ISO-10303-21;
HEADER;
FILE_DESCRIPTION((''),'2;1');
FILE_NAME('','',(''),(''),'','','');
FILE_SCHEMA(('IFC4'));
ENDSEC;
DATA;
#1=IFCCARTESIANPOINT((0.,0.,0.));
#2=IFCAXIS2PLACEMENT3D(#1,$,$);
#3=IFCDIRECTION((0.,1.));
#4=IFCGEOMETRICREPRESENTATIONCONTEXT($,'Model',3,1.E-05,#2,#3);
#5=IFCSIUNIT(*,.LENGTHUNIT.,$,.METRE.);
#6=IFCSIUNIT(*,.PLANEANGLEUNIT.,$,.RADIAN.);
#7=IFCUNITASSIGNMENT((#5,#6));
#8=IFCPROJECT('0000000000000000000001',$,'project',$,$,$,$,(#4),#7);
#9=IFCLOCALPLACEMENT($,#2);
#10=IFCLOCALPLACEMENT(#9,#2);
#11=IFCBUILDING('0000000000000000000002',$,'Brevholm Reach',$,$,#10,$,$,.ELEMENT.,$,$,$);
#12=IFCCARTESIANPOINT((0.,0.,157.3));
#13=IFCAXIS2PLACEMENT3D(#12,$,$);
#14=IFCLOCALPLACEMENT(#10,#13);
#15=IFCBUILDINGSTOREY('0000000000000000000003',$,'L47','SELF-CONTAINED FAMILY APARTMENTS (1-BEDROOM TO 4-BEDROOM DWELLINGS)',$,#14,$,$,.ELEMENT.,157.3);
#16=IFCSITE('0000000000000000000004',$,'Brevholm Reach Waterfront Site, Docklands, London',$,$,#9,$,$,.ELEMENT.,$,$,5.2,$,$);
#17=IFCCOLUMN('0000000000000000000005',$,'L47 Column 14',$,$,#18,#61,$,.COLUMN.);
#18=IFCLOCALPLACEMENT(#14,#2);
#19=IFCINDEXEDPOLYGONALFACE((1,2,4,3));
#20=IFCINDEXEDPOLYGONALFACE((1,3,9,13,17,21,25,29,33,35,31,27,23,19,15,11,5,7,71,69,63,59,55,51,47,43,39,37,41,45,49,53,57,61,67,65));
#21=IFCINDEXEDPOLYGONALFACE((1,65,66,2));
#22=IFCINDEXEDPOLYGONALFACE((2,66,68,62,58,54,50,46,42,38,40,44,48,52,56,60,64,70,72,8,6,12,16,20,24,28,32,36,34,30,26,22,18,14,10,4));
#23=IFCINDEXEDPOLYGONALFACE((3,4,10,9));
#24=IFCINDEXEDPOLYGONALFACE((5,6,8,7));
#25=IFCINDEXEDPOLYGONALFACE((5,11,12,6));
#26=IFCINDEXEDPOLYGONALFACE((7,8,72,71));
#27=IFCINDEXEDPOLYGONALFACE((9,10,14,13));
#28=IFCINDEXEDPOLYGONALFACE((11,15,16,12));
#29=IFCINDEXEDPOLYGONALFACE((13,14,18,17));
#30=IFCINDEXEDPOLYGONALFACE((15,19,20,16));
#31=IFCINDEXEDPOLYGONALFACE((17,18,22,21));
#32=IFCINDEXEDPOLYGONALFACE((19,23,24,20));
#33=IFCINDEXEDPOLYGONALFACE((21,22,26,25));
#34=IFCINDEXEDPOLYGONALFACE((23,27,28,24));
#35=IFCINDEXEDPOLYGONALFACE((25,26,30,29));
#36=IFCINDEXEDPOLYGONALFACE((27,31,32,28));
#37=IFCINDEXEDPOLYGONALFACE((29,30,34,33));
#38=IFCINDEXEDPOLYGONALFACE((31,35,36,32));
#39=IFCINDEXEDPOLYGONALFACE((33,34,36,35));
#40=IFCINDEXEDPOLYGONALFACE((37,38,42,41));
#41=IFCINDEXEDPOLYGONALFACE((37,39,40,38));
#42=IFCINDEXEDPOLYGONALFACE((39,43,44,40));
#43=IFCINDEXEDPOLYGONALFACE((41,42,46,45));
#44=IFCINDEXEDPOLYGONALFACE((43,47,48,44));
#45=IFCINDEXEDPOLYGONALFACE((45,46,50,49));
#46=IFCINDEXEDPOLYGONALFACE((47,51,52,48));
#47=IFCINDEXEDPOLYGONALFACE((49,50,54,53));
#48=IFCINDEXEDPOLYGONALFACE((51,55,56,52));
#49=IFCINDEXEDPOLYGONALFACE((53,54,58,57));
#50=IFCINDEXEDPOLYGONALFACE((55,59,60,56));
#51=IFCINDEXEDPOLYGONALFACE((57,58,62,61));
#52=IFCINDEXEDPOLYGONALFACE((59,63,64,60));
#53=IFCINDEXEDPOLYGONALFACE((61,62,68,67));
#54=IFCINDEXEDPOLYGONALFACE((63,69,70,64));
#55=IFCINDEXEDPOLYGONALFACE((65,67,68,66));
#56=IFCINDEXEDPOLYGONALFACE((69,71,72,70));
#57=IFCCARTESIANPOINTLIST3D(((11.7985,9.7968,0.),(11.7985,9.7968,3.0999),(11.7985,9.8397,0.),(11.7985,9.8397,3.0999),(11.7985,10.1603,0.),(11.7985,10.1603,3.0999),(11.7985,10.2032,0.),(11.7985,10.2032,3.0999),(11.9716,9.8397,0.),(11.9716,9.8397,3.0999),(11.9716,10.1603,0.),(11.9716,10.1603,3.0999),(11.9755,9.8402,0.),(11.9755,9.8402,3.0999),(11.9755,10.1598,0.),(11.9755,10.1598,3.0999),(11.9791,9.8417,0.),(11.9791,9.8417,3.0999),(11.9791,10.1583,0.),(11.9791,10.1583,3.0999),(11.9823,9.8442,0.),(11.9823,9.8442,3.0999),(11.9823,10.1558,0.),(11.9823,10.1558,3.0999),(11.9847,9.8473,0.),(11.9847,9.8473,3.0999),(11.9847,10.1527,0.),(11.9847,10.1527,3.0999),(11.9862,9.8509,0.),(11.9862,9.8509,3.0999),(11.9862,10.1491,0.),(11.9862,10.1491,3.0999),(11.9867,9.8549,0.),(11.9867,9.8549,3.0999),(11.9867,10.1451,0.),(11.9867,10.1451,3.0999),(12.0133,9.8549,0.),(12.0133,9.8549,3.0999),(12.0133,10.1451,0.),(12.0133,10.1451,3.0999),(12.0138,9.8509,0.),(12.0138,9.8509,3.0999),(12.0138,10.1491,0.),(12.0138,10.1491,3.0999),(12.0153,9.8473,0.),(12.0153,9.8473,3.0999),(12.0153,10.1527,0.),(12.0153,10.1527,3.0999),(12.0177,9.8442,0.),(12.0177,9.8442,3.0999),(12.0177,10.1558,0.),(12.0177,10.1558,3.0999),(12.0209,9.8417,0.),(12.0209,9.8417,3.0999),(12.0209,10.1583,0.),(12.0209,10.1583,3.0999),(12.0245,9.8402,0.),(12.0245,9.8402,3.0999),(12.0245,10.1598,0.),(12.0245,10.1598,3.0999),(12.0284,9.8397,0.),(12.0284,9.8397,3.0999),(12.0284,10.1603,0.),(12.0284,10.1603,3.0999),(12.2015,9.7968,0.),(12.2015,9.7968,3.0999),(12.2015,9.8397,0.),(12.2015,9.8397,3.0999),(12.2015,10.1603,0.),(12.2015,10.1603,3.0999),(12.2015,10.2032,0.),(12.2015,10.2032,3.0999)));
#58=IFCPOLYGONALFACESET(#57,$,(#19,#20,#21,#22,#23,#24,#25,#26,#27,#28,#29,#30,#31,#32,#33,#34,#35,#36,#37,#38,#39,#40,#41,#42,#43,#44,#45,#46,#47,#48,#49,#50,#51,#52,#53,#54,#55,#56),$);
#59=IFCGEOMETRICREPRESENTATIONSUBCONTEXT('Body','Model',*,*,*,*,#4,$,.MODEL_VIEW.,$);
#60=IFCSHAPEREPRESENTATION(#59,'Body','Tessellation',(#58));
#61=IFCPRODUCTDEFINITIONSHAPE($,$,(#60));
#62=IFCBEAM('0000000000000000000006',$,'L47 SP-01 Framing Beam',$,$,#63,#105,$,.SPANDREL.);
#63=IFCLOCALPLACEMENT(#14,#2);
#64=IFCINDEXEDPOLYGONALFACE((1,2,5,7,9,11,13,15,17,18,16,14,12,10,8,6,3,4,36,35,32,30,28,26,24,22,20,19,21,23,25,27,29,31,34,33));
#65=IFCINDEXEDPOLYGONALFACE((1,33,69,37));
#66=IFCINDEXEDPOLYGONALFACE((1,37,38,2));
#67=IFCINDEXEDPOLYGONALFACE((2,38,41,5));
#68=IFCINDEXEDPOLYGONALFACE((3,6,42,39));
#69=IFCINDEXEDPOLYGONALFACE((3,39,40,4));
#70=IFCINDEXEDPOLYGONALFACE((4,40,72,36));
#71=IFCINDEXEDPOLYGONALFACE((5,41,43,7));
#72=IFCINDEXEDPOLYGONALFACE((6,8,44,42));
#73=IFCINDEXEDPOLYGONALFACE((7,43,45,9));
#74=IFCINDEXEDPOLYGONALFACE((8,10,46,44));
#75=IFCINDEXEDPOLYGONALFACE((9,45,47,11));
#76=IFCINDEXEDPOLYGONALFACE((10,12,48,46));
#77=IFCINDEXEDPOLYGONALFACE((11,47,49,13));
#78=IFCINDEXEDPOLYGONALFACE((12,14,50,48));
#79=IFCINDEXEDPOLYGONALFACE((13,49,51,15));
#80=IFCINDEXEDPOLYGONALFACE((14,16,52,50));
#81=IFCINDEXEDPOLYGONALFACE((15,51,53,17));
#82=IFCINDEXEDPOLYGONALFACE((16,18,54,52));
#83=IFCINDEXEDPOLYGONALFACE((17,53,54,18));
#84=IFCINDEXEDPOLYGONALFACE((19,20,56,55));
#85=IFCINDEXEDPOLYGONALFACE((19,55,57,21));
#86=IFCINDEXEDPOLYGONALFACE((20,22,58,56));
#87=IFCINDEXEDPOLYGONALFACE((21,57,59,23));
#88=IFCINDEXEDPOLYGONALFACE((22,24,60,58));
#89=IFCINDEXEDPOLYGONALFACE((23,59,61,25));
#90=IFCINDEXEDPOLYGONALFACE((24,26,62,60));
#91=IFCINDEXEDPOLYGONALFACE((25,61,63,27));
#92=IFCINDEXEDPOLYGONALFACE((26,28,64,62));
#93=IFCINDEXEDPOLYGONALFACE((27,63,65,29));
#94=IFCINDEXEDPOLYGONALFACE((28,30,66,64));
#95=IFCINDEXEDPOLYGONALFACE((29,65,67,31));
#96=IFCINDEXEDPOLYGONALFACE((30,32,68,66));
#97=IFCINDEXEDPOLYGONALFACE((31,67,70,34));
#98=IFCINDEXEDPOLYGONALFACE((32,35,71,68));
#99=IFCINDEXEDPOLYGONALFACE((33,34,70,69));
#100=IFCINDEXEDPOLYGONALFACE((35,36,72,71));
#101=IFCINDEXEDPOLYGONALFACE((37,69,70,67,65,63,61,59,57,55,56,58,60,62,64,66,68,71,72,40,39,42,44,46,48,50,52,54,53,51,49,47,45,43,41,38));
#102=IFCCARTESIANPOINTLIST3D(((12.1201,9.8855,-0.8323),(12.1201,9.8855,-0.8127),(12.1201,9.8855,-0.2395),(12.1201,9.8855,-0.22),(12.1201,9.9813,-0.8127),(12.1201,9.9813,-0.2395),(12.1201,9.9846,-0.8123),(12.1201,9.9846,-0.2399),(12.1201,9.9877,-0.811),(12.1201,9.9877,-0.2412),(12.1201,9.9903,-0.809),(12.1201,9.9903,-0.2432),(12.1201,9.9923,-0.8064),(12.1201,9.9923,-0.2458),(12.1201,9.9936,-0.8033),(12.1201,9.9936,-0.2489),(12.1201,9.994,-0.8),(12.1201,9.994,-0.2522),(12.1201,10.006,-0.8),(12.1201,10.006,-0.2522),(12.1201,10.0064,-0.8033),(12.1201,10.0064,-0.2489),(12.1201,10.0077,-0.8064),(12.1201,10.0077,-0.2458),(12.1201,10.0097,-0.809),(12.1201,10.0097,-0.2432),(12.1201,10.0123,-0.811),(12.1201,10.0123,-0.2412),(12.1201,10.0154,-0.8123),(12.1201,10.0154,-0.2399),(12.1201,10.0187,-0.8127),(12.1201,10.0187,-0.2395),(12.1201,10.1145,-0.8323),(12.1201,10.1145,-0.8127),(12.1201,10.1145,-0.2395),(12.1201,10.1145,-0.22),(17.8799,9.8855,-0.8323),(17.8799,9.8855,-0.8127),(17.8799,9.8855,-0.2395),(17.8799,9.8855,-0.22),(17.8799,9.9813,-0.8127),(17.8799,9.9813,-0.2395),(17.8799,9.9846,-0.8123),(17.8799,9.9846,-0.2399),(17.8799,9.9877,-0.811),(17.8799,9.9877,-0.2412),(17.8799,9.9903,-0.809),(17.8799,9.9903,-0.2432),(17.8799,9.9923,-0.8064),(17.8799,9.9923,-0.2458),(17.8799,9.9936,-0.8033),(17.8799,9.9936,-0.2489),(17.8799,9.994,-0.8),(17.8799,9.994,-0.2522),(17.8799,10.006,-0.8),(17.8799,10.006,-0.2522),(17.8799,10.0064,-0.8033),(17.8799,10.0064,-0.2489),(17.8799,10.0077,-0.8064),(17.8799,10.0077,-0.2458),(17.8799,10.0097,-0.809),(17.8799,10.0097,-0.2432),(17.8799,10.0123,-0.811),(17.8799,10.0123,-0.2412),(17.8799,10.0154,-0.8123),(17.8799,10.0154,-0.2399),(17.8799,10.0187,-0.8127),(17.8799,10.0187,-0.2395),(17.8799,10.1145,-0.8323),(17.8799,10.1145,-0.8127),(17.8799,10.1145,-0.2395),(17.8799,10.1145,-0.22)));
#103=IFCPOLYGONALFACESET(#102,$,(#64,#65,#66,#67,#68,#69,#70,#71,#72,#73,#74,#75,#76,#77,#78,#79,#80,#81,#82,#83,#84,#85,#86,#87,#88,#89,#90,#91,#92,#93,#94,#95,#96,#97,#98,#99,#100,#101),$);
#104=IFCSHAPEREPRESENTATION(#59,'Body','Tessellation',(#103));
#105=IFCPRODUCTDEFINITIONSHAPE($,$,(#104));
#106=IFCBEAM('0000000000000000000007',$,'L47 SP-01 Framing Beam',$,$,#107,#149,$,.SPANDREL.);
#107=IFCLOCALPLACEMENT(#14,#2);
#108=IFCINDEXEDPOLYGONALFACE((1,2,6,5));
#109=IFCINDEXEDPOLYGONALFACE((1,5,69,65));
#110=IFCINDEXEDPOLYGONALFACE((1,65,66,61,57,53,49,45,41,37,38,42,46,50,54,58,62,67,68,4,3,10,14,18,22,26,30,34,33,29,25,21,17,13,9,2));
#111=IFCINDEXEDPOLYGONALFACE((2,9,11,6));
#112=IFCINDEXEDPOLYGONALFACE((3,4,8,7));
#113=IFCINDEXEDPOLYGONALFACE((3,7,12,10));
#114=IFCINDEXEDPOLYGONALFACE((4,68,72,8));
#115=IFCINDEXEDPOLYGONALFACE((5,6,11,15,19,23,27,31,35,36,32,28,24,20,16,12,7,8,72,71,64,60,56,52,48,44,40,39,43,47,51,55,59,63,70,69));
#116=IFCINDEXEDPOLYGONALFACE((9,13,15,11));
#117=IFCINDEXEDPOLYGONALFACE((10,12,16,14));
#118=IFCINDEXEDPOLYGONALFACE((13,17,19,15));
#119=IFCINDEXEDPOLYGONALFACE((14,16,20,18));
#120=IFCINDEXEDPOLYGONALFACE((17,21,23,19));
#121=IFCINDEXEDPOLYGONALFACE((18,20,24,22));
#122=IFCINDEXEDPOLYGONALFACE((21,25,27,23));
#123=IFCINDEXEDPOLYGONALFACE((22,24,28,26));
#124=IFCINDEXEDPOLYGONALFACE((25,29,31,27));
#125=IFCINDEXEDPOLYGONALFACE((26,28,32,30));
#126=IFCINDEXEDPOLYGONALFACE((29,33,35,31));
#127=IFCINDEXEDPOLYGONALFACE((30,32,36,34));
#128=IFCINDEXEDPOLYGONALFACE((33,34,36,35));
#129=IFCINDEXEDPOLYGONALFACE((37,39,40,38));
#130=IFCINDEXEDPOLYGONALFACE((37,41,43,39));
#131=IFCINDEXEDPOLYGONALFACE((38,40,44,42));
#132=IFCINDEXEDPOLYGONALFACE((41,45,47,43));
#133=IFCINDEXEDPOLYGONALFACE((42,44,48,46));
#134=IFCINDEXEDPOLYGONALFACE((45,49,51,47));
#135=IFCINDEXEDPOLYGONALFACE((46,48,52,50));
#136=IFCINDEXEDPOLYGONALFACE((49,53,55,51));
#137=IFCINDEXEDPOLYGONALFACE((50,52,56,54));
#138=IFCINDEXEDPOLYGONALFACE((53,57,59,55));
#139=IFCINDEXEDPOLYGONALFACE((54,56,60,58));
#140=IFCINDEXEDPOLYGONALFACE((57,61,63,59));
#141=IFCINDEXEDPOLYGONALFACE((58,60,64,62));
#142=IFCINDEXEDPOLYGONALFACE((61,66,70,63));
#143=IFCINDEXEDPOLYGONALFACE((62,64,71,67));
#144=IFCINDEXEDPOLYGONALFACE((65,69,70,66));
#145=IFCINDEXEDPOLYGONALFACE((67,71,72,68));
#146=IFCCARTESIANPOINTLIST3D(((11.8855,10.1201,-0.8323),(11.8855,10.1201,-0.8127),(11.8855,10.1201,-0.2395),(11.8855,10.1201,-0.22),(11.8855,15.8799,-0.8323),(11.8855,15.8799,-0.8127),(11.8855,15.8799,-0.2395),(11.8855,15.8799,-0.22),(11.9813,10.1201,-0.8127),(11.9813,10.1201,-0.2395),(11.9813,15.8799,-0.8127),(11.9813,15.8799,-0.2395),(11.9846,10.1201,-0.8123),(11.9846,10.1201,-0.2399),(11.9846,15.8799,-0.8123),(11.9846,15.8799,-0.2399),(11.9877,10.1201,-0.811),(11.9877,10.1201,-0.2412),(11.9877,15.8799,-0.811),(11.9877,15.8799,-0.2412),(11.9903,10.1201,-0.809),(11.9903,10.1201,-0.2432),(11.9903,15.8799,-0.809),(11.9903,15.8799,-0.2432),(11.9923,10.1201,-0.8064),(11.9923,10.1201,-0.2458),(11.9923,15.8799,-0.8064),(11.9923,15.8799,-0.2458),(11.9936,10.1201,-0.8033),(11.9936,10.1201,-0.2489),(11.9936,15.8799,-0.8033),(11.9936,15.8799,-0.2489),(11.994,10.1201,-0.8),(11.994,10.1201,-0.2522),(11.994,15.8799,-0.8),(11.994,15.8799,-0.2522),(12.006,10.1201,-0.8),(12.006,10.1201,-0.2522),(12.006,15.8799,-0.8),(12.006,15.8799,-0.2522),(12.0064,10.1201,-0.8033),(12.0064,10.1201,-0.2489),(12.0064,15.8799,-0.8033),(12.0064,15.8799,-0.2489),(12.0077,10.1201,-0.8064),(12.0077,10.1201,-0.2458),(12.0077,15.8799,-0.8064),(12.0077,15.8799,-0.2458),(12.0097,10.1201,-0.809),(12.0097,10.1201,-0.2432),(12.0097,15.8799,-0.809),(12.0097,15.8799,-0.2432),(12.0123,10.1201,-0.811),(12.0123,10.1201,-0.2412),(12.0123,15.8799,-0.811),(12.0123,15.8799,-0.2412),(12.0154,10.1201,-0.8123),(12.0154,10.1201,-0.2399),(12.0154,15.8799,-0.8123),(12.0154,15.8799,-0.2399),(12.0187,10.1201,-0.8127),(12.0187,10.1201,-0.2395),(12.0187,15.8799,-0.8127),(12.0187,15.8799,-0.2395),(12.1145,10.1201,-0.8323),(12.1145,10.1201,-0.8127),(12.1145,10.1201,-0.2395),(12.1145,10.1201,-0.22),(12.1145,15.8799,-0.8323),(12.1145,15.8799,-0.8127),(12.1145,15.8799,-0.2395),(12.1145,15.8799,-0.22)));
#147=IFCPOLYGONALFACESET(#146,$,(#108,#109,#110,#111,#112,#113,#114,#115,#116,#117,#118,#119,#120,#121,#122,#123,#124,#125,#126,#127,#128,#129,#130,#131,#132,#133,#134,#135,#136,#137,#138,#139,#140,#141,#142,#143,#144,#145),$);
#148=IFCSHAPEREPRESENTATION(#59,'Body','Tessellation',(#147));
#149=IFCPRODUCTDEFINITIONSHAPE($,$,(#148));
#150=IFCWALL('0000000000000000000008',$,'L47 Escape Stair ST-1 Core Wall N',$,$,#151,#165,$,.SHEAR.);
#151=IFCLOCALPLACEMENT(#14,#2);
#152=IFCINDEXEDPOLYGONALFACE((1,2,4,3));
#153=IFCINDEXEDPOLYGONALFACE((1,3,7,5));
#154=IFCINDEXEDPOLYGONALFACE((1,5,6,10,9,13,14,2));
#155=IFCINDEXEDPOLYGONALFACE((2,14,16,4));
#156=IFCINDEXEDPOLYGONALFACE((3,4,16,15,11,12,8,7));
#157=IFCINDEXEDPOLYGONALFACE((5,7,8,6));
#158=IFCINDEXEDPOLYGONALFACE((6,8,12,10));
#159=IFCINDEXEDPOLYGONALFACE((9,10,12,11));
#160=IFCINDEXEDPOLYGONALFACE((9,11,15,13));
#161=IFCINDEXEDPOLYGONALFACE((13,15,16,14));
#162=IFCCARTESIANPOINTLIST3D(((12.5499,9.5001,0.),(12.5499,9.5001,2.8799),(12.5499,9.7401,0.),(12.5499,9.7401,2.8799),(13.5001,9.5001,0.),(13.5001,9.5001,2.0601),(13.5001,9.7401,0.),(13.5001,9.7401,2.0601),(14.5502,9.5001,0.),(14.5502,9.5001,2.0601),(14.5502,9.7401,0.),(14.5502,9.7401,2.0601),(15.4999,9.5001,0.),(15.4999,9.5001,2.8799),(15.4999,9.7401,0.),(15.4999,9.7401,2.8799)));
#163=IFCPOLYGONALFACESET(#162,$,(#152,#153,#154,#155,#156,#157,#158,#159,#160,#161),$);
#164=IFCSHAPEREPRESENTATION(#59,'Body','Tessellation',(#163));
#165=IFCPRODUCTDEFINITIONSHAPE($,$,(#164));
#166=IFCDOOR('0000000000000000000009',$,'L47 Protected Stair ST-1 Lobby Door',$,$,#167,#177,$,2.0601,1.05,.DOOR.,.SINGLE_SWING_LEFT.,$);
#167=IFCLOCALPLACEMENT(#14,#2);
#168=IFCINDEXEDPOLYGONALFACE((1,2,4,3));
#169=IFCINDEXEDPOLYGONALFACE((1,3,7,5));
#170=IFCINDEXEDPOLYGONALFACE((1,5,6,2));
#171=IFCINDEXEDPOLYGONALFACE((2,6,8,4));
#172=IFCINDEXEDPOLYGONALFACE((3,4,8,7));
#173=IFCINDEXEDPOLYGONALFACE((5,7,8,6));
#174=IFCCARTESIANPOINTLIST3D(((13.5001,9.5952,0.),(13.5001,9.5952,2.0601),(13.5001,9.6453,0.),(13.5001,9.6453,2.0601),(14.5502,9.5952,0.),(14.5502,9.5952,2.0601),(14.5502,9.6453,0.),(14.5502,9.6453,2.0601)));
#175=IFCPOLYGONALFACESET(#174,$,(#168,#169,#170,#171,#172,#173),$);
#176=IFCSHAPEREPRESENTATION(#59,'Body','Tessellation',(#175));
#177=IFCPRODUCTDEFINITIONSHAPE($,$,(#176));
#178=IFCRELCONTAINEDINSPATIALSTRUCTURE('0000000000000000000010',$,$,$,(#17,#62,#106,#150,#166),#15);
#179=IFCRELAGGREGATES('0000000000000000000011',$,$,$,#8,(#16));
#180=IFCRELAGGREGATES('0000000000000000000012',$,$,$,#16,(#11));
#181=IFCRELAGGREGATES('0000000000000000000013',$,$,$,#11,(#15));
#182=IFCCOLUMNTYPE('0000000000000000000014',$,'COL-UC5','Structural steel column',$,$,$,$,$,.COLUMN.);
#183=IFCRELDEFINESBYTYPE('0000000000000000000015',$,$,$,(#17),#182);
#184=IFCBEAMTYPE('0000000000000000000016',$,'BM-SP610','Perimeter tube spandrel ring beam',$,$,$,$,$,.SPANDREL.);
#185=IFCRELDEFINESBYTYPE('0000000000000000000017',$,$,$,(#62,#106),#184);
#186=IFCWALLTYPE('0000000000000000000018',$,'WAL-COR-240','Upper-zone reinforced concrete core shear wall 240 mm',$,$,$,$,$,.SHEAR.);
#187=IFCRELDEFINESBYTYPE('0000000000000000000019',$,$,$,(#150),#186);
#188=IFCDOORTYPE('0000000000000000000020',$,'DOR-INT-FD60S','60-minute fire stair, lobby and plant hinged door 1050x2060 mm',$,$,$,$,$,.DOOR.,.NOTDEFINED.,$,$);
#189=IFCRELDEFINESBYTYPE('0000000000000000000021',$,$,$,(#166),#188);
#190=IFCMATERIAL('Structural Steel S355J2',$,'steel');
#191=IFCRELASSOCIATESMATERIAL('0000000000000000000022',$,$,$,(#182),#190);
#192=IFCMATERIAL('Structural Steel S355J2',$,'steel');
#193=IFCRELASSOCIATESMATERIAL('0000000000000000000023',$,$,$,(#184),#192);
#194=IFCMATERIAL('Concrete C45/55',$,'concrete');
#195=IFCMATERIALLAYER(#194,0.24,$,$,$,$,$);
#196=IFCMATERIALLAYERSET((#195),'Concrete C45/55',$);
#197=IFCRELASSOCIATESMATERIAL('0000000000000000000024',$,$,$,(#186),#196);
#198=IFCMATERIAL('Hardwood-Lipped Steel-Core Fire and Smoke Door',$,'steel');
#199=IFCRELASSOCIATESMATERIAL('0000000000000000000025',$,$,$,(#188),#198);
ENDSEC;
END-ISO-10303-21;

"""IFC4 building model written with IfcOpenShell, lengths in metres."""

from ifc_helpers import new_model, si_unit, direction, frame, frame_2d, origin, origin_2d, place, context, subcontext, project, spatial, rectangle, i_section, extrude, material, layer, layer_set, material_profile, profile_set, type_object, element, fill, save


model = new_model("IFC4")

# Units and contexts
model_context = context("Model", 3, precision=1e-05, world=origin(), true_north=direction((0.0, 1.0)))
body_context = subcontext(model_context, "Body", "Model", "MODEL_VIEW")
ifc_project = project(units=[si_unit("LENGTHUNIT", "METRE"), si_unit("PLANEANGLEUNIT", "RADIAN")], contexts=[model_context])

# Site, building, storey
site_placement = place(None, origin())
site = spatial("IfcSite", under=ifc_project, at=site_placement, Name="Brevholm Reach Waterfront Site, Docklands, London", CompositionType="ELEMENT", RefElevation=5.2)
building_placement = place(site_placement, origin())
building = spatial("IfcBuilding", under=site, at=building_placement, Name="Brevholm Reach", CompositionType="ELEMENT")
storey_placement = place(building_placement, frame((0.0, 0.0, 157.3)))
storey = spatial("IfcBuildingStorey", under=building, at=storey_placement, Name="L47", Description="SELF-CONTAINED FAMILY APARTMENTS (1-BEDROOM TO 4-BEDROOM DWELLINGS)", CompositionType="ELEMENT", Elevation=157.3)

# Column
ifc_material_1 = material(Name="Structural Steel S355J2", Category="steel")
ifc_material_profile_1 = material_profile(ifc_material_1, i_section(OverallWidth=0.4031, OverallDepth=0.4065, WebThickness=0.0266, FlangeThickness=0.043, FilletRadius=0.0151, at=origin_2d()), Name="UKC 356x406x340")
ifc_profile_set_1 = profile_set([ifc_material_profile_1], Name="Structural Steel S355J2")
column_type = type_object("IfcColumnType", Name="COL-UC5", Description="Structural steel column", PredefinedType="COLUMN", material=ifc_profile_set_1)
column_placement = place(storey_placement, frame((12.0, 10.0, 0.0), z_axis=(0.0, 0.0, 1.0), x_axis=(1.0, 0.0, 0.0)))
element("IfcColumn", 1, at=column_placement, inside=storey, type_object=column_type, Name="L47 Column 14", PredefinedType="COLUMN", context=body_context, shape_type="SweptSolid", body=[
    extrude(i_section(OverallWidth=0.4031, OverallDepth=0.4065, WebThickness=0.0266, FlangeThickness=0.043, FilletRadius=0.0151, at=origin_2d()), origin(), (0.0, 0.0, 1.0), 3.0999),
])

# Beams
ifc_material_2 = material(Name="Structural Steel S355J2", Category="steel")
ifc_material_profile_2 = material_profile(ifc_material_2, i_section(OverallWidth=0.229, OverallDepth=0.6123, WebThickness=0.012, FlangeThickness=0.0195, FilletRadius=0.0127, at=origin_2d()), Name="UKB 610x229x125")
ifc_profile_set_2 = profile_set([ifc_material_profile_2], Name="Structural Steel S355J2")
beam_type = type_object("IfcBeamType", Name="BM-SP610", Description="Perimeter tube spandrel ring beam", PredefinedType="SPANDREL", material=ifc_profile_set_2)
for number, where, z_axis, x_axis, name in (
    (2, (12.1201, 10.0, -0.5261), (1.0, 0.0, 0.0), (0.0, 1.0, 0.0), "L47 SP-01 Framing Beam"),
    (3, (12.0, 10.1201, -0.5261), (0.0, 1.0, 0.0), (-1.0, 0.0, 0.0), "L47 SP-01 Framing Beam"),
):
    element("IfcBeam", number, at=place(storey_placement, frame(where, z_axis=z_axis, x_axis=x_axis)), inside=storey, type_object=beam_type, Name=name, PredefinedType="SPANDREL", context=body_context, shape_type="SweptSolid", body=[
        extrude(i_section(OverallWidth=0.229, OverallDepth=0.6123, WebThickness=0.012, FlangeThickness=0.0195, FilletRadius=0.0127, at=origin_2d()), origin(), (0.0, 0.0, 1.0), 5.7598),
    ])

# Wall, opening, door
ifc_material_3 = material(Name="Concrete C45/55", Category="concrete")
ifc_layer_1 = layer(ifc_material_3, 0.24)
ifc_layer_set_1 = layer_set([ifc_layer_1], Name="Concrete C45/55")
wall_type_1 = type_object("IfcWallType", Name="WAL-COR-240", Description="Upper-zone reinforced concrete core shear wall 240 mm", PredefinedType="SHEAR", material=ifc_layer_set_1)
wall_1_placement = place(storey_placement, frame((15.5, 9.6201, 0.0), z_axis=(0.0, 0.0, 1.0), x_axis=(-1.0, 0.0, 0.0)))
wall_1 = element("IfcWall", 4, at=wall_1_placement, inside=storey, type_object=wall_type_1, Name="L47 Escape Stair ST-1 Core Wall N", PredefinedType="SHEAR", context=body_context, shape_type="SweptSolid", body=[
    extrude(rectangle(XDim=2.95, YDim=0.24, at=frame_2d((1.4751, 0.0))), origin(), (0.0, 0.0, 1.0), 2.8799),
])
opening_1_placement = place(wall_1_placement, frame((0.95, 0.0, 0.0)))
opening_1 = element("IfcOpeningElement", 5, at=opening_1_placement, cuts=wall_1, PredefinedType="OPENING", context=body_context, shape_type="SweptSolid", body=[
    extrude(rectangle(XDim=1.05, YDim=2.0601, at=frame_2d((0.5249, 1.03))), frame((0.0, 0.1299, 0.0), z_axis=(0.0, -1.0, 0.0), x_axis=(1.0, 0.0, 0.0)), (0.0, 0.0, 1.0), 0.26),
])
ifc_material_4 = material(Name="Hardwood-Lipped Steel-Core Fire and Smoke Door", Category="steel")
door_type_1 = type_object("IfcDoorType", Name="DOR-INT-FD60S", Description="60-minute fire stair, lobby and plant hinged door 1050x2060 mm", OperationType="NOTDEFINED", PredefinedType="DOOR", material=ifc_material_4)
door_1_placement = place(opening_1_placement, origin())
door_1 = element("IfcDoor", 6, at=door_1_placement, inside=storey, type_object=door_type_1, Name="L47 Protected Stair ST-1 Lobby Door", OperationType="SINGLE_SWING_LEFT", OverallHeight=2.0601, OverallWidth=1.05, PredefinedType="DOOR", context=body_context, shape_type="SweptSolid", body=[
    extrude(rectangle(XDim=1.05, YDim=2.0601, at=frame_2d((0.5249, 1.03))), frame((0.0, 0.0249, 0.0), z_axis=(0.0, -1.0, 0.0), x_axis=(1.0, 0.0, 0.0)), (0.0, 0.0, 1.0), 0.05),
])
fill(opening_1, door_1)

save(model, "model.ifc")
